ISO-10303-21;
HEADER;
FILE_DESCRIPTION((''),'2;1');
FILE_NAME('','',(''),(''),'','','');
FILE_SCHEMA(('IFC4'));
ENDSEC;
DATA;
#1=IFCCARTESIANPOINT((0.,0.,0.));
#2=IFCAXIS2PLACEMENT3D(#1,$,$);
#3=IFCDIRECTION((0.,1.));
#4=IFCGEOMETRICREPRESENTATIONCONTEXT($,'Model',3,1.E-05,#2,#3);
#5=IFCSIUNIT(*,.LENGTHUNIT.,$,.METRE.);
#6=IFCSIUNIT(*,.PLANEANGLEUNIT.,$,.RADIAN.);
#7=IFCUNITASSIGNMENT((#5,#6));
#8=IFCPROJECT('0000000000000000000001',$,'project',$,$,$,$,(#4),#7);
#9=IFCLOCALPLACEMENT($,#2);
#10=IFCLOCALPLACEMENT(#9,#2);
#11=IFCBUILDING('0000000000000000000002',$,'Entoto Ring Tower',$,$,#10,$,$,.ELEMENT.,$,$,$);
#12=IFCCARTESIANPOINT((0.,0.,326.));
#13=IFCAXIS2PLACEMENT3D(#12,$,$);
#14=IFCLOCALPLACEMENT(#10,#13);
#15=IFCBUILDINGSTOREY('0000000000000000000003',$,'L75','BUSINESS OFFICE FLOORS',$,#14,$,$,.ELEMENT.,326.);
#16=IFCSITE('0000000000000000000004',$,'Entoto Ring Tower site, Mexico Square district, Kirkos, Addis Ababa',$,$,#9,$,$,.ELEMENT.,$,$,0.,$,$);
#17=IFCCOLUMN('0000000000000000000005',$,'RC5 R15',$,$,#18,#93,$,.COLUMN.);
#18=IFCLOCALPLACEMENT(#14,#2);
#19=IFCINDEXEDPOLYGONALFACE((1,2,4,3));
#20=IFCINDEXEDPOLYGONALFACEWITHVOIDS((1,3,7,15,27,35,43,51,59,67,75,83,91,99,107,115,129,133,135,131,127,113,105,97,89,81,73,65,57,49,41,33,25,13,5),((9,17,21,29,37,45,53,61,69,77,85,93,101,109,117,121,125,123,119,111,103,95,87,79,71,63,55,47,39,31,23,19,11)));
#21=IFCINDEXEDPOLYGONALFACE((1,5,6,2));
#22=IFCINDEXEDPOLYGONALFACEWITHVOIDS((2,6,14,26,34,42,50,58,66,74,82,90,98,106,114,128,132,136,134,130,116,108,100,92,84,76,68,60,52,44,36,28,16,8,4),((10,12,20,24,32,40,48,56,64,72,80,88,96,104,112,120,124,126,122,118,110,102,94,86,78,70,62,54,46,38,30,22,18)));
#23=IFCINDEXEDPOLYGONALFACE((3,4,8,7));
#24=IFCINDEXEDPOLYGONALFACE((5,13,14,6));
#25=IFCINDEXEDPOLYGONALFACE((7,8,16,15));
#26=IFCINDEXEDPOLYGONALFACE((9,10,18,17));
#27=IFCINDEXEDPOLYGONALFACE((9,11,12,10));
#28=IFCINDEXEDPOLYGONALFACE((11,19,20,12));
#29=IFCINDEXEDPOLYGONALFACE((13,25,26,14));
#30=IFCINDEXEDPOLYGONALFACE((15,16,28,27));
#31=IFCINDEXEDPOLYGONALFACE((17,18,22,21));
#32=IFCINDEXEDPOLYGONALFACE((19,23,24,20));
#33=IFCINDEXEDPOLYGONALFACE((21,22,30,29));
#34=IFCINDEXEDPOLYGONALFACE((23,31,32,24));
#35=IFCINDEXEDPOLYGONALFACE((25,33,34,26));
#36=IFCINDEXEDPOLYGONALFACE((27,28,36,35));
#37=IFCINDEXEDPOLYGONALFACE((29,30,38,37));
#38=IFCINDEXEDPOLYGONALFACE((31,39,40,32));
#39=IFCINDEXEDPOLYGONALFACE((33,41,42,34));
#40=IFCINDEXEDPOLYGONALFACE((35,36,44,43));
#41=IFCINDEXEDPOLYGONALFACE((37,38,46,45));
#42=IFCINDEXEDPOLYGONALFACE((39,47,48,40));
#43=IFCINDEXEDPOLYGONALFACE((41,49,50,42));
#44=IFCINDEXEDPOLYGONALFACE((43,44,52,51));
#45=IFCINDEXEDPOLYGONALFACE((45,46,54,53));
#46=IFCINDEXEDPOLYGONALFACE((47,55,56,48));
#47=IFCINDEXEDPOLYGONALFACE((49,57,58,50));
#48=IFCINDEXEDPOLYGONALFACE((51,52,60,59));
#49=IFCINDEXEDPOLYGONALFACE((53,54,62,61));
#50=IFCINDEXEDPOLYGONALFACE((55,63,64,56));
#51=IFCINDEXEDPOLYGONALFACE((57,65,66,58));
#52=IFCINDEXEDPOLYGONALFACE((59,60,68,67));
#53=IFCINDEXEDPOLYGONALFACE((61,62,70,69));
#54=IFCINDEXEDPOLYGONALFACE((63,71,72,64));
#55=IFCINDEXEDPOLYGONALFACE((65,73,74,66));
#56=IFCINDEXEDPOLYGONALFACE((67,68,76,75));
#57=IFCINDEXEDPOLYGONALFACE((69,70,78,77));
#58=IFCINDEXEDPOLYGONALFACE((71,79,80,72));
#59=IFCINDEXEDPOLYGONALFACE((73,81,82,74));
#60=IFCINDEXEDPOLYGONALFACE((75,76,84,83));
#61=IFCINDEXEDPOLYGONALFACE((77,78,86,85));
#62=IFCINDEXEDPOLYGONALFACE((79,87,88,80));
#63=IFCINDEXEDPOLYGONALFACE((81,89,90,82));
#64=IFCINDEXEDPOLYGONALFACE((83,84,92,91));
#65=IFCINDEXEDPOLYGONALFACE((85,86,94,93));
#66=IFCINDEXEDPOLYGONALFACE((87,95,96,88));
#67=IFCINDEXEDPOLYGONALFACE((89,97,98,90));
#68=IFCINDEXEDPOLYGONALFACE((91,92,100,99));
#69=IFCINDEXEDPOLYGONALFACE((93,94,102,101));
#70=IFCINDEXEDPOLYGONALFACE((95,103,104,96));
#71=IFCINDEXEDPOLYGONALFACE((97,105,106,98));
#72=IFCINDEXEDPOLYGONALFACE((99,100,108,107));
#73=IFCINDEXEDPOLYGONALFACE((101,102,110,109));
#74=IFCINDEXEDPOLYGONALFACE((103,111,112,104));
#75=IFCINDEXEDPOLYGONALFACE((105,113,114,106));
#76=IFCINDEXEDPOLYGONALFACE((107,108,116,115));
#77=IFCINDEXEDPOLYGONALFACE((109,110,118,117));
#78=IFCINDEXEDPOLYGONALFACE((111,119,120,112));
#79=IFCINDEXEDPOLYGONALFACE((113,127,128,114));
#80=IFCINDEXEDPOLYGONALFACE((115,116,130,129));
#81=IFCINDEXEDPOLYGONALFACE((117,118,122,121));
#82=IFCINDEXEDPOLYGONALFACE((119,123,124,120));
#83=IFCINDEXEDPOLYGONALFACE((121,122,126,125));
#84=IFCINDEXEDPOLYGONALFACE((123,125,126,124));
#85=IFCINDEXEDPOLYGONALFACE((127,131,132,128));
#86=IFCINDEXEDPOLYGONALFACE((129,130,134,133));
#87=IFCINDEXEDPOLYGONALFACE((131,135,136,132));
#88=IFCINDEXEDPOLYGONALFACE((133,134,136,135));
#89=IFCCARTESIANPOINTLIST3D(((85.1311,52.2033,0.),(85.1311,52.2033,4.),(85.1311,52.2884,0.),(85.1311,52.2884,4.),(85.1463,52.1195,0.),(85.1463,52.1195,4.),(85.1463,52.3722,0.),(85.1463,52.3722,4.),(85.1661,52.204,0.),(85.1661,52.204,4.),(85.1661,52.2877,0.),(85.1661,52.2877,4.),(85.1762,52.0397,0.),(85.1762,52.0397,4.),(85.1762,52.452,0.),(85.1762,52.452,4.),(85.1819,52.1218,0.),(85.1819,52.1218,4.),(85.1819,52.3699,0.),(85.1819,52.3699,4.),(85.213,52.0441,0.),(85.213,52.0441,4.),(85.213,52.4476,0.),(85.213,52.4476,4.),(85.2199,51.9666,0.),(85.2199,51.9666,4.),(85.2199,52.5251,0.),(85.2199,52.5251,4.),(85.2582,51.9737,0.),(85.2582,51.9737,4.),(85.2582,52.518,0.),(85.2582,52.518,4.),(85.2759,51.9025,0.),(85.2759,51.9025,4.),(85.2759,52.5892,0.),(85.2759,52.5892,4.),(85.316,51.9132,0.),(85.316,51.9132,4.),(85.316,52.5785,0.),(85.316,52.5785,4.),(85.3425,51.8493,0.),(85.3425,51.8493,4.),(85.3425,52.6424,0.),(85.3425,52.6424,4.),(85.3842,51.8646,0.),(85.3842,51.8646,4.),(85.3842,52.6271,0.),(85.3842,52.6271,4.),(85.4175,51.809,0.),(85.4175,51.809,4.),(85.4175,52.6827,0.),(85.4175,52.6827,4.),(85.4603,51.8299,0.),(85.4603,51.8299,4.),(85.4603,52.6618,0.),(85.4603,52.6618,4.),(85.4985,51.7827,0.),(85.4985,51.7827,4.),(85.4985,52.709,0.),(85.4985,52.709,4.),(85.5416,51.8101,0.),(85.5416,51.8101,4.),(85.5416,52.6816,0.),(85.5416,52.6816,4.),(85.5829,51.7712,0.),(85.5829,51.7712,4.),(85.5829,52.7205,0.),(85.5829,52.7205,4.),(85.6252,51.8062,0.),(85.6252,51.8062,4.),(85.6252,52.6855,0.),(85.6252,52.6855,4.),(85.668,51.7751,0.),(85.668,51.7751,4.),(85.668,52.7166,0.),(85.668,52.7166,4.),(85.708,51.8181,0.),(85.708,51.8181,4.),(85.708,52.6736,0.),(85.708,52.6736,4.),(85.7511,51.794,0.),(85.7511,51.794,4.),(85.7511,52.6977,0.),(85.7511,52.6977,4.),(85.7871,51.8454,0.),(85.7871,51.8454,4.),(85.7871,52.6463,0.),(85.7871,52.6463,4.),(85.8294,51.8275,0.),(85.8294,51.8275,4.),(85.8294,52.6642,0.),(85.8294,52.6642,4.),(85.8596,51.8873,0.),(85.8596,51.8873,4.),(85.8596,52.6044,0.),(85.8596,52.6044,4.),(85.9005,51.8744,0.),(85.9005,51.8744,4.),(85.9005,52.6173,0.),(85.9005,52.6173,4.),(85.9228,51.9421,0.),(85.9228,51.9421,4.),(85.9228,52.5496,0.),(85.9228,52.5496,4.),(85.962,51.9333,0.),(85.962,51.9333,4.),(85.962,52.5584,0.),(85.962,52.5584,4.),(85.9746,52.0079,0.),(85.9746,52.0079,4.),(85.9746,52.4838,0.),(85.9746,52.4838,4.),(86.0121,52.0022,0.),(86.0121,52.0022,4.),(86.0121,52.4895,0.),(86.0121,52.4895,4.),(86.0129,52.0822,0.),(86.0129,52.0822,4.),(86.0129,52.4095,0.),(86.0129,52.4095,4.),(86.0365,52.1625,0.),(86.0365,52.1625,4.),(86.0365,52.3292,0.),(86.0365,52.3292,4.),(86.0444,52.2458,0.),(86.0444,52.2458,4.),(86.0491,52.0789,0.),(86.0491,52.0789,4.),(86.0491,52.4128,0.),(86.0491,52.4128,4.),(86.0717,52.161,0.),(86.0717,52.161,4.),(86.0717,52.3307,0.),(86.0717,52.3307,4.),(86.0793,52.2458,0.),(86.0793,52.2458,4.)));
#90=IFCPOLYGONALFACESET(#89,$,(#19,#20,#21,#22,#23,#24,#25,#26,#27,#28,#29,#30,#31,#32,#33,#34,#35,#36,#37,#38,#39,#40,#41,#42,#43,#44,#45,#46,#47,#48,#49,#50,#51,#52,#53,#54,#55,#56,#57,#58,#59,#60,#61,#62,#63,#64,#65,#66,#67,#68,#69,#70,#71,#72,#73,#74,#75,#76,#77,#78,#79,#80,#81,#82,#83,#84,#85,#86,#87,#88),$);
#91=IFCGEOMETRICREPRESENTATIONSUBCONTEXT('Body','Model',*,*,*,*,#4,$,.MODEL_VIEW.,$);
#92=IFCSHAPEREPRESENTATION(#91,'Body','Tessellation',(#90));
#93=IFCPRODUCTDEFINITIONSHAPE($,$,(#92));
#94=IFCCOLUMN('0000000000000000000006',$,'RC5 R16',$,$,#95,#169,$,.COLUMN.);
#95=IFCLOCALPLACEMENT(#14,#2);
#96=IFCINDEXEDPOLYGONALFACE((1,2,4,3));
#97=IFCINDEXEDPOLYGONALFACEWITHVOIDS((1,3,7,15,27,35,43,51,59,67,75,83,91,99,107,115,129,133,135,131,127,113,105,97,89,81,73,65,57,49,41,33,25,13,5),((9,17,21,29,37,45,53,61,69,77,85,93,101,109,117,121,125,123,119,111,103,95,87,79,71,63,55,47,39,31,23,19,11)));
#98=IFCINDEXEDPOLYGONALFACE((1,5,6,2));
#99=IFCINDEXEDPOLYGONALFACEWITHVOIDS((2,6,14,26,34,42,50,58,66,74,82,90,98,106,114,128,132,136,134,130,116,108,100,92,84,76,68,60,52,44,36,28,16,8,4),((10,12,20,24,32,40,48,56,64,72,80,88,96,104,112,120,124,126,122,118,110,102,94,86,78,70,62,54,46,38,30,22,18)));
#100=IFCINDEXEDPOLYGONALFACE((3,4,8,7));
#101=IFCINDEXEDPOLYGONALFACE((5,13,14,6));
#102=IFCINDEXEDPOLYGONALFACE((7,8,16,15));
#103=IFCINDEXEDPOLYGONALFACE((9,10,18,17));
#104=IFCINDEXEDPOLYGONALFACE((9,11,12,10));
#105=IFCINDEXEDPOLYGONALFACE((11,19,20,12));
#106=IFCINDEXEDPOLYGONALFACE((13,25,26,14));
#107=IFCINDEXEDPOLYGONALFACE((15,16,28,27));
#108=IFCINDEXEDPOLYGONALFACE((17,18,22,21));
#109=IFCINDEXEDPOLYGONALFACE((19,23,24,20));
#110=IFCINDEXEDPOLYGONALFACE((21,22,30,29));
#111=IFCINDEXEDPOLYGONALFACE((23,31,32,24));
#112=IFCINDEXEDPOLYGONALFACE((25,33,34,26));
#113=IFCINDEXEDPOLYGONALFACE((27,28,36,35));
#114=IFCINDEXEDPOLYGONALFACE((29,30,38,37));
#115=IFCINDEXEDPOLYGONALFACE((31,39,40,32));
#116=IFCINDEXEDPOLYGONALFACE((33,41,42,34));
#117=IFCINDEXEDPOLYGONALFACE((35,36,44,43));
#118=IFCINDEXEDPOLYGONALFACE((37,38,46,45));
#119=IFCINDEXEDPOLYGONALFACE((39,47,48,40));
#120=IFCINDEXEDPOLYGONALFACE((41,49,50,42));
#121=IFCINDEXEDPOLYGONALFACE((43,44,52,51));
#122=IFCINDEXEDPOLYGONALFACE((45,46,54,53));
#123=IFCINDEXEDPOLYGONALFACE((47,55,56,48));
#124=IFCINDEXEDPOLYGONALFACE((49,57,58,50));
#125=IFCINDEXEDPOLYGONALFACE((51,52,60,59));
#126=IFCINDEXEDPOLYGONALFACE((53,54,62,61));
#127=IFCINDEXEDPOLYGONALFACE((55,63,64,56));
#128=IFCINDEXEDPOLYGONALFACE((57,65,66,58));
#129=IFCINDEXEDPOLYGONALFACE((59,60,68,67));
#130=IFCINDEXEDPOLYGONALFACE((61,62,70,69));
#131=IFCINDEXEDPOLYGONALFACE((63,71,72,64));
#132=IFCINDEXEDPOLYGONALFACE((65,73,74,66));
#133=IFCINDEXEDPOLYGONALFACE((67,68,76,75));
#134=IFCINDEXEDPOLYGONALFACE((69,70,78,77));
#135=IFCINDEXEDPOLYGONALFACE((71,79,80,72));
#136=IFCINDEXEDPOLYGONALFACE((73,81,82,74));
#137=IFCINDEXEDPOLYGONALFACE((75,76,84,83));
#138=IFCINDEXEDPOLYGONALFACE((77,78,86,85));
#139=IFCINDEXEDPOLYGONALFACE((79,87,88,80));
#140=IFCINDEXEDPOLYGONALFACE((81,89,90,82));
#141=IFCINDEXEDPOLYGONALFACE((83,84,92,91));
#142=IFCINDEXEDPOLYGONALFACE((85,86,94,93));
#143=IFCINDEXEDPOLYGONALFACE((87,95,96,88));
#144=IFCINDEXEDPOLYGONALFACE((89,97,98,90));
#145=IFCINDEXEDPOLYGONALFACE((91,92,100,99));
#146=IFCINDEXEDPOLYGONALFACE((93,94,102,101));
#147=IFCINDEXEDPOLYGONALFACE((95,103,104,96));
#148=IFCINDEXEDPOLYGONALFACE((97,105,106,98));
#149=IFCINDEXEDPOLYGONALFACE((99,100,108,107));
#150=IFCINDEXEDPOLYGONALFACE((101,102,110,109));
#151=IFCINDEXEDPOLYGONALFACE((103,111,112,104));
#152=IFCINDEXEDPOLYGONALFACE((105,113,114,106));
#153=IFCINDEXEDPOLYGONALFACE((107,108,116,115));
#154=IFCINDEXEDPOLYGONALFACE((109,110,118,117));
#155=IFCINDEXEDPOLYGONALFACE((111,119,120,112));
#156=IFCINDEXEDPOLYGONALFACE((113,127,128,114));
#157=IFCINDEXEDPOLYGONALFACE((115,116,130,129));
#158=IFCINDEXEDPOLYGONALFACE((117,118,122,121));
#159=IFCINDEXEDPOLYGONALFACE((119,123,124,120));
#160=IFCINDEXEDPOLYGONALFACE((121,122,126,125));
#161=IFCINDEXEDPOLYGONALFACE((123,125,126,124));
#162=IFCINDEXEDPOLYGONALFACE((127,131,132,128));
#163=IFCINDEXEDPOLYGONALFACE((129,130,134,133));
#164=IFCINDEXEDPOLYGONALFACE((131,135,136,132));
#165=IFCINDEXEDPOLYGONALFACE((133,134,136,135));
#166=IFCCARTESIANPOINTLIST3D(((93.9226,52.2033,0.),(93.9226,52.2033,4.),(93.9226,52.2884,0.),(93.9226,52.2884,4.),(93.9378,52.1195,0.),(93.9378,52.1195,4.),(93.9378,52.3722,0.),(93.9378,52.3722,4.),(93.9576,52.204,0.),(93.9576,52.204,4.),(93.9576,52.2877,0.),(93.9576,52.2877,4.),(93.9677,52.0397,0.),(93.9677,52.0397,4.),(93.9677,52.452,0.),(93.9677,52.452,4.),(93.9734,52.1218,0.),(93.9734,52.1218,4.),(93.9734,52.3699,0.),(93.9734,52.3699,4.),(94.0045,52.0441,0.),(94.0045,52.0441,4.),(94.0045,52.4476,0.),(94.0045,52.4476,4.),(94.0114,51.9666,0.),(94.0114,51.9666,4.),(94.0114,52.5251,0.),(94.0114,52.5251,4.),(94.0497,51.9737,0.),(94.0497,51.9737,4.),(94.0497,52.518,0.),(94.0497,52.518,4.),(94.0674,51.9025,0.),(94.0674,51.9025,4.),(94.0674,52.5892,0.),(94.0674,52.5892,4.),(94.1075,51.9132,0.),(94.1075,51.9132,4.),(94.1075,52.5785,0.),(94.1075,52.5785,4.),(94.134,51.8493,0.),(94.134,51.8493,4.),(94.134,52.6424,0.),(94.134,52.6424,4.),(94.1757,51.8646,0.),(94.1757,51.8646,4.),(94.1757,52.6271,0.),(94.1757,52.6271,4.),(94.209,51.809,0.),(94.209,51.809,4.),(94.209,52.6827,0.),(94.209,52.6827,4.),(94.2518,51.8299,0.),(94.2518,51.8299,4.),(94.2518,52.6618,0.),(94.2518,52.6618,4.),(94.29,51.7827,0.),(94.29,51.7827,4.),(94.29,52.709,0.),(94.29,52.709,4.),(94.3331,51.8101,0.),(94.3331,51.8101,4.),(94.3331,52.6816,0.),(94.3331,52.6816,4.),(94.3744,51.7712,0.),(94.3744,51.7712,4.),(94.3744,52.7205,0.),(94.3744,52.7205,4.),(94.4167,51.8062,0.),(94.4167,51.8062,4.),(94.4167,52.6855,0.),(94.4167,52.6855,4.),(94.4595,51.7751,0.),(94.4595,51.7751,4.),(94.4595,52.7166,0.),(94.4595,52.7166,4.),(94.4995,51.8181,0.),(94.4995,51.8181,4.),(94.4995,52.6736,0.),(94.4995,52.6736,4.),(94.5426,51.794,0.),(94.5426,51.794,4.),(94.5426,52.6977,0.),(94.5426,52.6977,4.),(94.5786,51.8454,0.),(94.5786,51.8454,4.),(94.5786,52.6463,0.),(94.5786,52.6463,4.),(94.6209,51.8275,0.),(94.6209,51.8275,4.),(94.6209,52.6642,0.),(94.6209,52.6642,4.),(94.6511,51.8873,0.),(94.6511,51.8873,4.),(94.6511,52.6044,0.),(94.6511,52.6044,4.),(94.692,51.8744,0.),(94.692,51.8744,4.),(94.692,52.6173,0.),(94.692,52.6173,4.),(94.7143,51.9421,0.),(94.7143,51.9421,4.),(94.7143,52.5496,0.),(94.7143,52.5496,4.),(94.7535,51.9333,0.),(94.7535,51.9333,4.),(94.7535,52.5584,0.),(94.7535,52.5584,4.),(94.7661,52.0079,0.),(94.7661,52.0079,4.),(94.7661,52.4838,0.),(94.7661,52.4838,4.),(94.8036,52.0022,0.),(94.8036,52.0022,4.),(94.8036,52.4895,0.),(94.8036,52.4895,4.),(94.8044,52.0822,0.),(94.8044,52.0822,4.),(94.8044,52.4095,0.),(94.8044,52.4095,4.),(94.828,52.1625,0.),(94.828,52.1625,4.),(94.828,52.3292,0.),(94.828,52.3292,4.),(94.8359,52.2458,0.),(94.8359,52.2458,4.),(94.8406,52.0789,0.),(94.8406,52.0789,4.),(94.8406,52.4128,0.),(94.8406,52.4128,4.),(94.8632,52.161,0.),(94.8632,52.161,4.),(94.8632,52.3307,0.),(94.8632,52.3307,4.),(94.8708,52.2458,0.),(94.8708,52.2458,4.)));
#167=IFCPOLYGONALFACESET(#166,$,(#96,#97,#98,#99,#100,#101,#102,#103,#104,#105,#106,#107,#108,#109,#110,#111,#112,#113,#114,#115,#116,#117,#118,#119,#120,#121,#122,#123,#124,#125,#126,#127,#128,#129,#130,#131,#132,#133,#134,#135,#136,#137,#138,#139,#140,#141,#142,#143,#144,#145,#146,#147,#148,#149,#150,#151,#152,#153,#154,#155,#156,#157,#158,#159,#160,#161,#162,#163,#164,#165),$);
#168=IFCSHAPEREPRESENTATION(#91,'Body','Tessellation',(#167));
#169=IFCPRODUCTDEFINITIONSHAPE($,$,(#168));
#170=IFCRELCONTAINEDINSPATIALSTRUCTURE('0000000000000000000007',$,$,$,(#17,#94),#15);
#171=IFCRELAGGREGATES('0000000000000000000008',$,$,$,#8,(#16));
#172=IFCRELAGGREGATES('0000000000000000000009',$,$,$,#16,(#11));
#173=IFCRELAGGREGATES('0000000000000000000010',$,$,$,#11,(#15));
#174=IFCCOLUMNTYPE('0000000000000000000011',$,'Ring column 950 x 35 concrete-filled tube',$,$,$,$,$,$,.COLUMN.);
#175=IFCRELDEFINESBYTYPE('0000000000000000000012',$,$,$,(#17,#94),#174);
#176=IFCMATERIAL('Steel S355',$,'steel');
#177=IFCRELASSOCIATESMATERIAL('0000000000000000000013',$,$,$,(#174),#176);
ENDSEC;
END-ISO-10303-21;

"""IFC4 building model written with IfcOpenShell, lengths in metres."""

from ifc_helpers import new_model, si_unit, direction, frame, origin, origin_2d, place, context, subcontext, project, spatial, circle, hollow_circle, extrude, material, material_profile, profile_set, type_object, element, save


model = new_model("IFC4")

# Units and contexts
model_context = context("Model", 3, precision=1e-05, world=origin(), true_north=direction((0.0, 1.0)))
body_context = subcontext(model_context, "Body", "Model", "MODEL_VIEW")
ifc_project = project(units=[si_unit("LENGTHUNIT", "METRE"), si_unit("PLANEANGLEUNIT", "RADIAN")], contexts=[model_context])

# Site, building, storey
site_placement = place(None, origin())
site = spatial("IfcSite", under=ifc_project, at=site_placement, Name="Entoto Ring Tower site, Mexico Square district, Kirkos, Addis Ababa", CompositionType="ELEMENT", RefElevation=0.0)
building_placement = place(site_placement, origin())
building = spatial("IfcBuilding", under=site, at=building_placement, Name="Entoto Ring Tower", CompositionType="ELEMENT")
storey_placement = place(building_placement, frame((0.0, 0.0, 326.0)))
storey = spatial("IfcBuildingStorey", under=building, at=storey_placement, Name="L75", Description="BUSINESS OFFICE FLOORS", CompositionType="ELEMENT", Elevation=326.0)

# Columns
ifc_material_1 = material(Name="Steel S355", Category="steel")
ifc_material_profile_1 = material_profile(ifc_material_1, hollow_circle(Radius=0.4751, WallThickness=0.0349, at=origin_2d()), Name="CHS 950 x 35")
ifc_material_2 = material(Name="Concrete C60/75", Category="concrete")
ifc_material_profile_2 = material_profile(ifc_material_2, circle(Radius=0.4399, at=origin_2d()), Name="Concrete C60/75 infill")
ifc_profile_set_1 = profile_set([ifc_material_profile_1, ifc_material_profile_2], Name="Steel S355")
column_type = type_object("IfcColumnType", Name="Ring column 950 x 35 concrete-filled tube", PredefinedType="COLUMN", material=ifc_profile_set_1)
for number, where, z_axis, x_axis, name in (
    (1, (85.6042, 52.2458, 0.0), (0.0, 0.0, 1.0), (1.0, 0.0, 0.0), "RC5 R15"),
    (2, (94.3958, 52.2458, 0.0), (0.0, 0.0, 1.0), (1.0, 0.0, 0.0), "RC5 R16"),
):
    element("IfcColumn", number, at=place(storey_placement, frame(where, z_axis=z_axis, x_axis=x_axis)), inside=storey, type_object=column_type, Name=name, PredefinedType="COLUMN", context=body_context, shape_type="SweptSolid", body=[
        extrude(hollow_circle(Radius=0.4751, WallThickness=0.0349, at=origin_2d()), origin(), (0.0, 0.0, 1.0), 4.0),
    ])

save(model, "model.ifc")
